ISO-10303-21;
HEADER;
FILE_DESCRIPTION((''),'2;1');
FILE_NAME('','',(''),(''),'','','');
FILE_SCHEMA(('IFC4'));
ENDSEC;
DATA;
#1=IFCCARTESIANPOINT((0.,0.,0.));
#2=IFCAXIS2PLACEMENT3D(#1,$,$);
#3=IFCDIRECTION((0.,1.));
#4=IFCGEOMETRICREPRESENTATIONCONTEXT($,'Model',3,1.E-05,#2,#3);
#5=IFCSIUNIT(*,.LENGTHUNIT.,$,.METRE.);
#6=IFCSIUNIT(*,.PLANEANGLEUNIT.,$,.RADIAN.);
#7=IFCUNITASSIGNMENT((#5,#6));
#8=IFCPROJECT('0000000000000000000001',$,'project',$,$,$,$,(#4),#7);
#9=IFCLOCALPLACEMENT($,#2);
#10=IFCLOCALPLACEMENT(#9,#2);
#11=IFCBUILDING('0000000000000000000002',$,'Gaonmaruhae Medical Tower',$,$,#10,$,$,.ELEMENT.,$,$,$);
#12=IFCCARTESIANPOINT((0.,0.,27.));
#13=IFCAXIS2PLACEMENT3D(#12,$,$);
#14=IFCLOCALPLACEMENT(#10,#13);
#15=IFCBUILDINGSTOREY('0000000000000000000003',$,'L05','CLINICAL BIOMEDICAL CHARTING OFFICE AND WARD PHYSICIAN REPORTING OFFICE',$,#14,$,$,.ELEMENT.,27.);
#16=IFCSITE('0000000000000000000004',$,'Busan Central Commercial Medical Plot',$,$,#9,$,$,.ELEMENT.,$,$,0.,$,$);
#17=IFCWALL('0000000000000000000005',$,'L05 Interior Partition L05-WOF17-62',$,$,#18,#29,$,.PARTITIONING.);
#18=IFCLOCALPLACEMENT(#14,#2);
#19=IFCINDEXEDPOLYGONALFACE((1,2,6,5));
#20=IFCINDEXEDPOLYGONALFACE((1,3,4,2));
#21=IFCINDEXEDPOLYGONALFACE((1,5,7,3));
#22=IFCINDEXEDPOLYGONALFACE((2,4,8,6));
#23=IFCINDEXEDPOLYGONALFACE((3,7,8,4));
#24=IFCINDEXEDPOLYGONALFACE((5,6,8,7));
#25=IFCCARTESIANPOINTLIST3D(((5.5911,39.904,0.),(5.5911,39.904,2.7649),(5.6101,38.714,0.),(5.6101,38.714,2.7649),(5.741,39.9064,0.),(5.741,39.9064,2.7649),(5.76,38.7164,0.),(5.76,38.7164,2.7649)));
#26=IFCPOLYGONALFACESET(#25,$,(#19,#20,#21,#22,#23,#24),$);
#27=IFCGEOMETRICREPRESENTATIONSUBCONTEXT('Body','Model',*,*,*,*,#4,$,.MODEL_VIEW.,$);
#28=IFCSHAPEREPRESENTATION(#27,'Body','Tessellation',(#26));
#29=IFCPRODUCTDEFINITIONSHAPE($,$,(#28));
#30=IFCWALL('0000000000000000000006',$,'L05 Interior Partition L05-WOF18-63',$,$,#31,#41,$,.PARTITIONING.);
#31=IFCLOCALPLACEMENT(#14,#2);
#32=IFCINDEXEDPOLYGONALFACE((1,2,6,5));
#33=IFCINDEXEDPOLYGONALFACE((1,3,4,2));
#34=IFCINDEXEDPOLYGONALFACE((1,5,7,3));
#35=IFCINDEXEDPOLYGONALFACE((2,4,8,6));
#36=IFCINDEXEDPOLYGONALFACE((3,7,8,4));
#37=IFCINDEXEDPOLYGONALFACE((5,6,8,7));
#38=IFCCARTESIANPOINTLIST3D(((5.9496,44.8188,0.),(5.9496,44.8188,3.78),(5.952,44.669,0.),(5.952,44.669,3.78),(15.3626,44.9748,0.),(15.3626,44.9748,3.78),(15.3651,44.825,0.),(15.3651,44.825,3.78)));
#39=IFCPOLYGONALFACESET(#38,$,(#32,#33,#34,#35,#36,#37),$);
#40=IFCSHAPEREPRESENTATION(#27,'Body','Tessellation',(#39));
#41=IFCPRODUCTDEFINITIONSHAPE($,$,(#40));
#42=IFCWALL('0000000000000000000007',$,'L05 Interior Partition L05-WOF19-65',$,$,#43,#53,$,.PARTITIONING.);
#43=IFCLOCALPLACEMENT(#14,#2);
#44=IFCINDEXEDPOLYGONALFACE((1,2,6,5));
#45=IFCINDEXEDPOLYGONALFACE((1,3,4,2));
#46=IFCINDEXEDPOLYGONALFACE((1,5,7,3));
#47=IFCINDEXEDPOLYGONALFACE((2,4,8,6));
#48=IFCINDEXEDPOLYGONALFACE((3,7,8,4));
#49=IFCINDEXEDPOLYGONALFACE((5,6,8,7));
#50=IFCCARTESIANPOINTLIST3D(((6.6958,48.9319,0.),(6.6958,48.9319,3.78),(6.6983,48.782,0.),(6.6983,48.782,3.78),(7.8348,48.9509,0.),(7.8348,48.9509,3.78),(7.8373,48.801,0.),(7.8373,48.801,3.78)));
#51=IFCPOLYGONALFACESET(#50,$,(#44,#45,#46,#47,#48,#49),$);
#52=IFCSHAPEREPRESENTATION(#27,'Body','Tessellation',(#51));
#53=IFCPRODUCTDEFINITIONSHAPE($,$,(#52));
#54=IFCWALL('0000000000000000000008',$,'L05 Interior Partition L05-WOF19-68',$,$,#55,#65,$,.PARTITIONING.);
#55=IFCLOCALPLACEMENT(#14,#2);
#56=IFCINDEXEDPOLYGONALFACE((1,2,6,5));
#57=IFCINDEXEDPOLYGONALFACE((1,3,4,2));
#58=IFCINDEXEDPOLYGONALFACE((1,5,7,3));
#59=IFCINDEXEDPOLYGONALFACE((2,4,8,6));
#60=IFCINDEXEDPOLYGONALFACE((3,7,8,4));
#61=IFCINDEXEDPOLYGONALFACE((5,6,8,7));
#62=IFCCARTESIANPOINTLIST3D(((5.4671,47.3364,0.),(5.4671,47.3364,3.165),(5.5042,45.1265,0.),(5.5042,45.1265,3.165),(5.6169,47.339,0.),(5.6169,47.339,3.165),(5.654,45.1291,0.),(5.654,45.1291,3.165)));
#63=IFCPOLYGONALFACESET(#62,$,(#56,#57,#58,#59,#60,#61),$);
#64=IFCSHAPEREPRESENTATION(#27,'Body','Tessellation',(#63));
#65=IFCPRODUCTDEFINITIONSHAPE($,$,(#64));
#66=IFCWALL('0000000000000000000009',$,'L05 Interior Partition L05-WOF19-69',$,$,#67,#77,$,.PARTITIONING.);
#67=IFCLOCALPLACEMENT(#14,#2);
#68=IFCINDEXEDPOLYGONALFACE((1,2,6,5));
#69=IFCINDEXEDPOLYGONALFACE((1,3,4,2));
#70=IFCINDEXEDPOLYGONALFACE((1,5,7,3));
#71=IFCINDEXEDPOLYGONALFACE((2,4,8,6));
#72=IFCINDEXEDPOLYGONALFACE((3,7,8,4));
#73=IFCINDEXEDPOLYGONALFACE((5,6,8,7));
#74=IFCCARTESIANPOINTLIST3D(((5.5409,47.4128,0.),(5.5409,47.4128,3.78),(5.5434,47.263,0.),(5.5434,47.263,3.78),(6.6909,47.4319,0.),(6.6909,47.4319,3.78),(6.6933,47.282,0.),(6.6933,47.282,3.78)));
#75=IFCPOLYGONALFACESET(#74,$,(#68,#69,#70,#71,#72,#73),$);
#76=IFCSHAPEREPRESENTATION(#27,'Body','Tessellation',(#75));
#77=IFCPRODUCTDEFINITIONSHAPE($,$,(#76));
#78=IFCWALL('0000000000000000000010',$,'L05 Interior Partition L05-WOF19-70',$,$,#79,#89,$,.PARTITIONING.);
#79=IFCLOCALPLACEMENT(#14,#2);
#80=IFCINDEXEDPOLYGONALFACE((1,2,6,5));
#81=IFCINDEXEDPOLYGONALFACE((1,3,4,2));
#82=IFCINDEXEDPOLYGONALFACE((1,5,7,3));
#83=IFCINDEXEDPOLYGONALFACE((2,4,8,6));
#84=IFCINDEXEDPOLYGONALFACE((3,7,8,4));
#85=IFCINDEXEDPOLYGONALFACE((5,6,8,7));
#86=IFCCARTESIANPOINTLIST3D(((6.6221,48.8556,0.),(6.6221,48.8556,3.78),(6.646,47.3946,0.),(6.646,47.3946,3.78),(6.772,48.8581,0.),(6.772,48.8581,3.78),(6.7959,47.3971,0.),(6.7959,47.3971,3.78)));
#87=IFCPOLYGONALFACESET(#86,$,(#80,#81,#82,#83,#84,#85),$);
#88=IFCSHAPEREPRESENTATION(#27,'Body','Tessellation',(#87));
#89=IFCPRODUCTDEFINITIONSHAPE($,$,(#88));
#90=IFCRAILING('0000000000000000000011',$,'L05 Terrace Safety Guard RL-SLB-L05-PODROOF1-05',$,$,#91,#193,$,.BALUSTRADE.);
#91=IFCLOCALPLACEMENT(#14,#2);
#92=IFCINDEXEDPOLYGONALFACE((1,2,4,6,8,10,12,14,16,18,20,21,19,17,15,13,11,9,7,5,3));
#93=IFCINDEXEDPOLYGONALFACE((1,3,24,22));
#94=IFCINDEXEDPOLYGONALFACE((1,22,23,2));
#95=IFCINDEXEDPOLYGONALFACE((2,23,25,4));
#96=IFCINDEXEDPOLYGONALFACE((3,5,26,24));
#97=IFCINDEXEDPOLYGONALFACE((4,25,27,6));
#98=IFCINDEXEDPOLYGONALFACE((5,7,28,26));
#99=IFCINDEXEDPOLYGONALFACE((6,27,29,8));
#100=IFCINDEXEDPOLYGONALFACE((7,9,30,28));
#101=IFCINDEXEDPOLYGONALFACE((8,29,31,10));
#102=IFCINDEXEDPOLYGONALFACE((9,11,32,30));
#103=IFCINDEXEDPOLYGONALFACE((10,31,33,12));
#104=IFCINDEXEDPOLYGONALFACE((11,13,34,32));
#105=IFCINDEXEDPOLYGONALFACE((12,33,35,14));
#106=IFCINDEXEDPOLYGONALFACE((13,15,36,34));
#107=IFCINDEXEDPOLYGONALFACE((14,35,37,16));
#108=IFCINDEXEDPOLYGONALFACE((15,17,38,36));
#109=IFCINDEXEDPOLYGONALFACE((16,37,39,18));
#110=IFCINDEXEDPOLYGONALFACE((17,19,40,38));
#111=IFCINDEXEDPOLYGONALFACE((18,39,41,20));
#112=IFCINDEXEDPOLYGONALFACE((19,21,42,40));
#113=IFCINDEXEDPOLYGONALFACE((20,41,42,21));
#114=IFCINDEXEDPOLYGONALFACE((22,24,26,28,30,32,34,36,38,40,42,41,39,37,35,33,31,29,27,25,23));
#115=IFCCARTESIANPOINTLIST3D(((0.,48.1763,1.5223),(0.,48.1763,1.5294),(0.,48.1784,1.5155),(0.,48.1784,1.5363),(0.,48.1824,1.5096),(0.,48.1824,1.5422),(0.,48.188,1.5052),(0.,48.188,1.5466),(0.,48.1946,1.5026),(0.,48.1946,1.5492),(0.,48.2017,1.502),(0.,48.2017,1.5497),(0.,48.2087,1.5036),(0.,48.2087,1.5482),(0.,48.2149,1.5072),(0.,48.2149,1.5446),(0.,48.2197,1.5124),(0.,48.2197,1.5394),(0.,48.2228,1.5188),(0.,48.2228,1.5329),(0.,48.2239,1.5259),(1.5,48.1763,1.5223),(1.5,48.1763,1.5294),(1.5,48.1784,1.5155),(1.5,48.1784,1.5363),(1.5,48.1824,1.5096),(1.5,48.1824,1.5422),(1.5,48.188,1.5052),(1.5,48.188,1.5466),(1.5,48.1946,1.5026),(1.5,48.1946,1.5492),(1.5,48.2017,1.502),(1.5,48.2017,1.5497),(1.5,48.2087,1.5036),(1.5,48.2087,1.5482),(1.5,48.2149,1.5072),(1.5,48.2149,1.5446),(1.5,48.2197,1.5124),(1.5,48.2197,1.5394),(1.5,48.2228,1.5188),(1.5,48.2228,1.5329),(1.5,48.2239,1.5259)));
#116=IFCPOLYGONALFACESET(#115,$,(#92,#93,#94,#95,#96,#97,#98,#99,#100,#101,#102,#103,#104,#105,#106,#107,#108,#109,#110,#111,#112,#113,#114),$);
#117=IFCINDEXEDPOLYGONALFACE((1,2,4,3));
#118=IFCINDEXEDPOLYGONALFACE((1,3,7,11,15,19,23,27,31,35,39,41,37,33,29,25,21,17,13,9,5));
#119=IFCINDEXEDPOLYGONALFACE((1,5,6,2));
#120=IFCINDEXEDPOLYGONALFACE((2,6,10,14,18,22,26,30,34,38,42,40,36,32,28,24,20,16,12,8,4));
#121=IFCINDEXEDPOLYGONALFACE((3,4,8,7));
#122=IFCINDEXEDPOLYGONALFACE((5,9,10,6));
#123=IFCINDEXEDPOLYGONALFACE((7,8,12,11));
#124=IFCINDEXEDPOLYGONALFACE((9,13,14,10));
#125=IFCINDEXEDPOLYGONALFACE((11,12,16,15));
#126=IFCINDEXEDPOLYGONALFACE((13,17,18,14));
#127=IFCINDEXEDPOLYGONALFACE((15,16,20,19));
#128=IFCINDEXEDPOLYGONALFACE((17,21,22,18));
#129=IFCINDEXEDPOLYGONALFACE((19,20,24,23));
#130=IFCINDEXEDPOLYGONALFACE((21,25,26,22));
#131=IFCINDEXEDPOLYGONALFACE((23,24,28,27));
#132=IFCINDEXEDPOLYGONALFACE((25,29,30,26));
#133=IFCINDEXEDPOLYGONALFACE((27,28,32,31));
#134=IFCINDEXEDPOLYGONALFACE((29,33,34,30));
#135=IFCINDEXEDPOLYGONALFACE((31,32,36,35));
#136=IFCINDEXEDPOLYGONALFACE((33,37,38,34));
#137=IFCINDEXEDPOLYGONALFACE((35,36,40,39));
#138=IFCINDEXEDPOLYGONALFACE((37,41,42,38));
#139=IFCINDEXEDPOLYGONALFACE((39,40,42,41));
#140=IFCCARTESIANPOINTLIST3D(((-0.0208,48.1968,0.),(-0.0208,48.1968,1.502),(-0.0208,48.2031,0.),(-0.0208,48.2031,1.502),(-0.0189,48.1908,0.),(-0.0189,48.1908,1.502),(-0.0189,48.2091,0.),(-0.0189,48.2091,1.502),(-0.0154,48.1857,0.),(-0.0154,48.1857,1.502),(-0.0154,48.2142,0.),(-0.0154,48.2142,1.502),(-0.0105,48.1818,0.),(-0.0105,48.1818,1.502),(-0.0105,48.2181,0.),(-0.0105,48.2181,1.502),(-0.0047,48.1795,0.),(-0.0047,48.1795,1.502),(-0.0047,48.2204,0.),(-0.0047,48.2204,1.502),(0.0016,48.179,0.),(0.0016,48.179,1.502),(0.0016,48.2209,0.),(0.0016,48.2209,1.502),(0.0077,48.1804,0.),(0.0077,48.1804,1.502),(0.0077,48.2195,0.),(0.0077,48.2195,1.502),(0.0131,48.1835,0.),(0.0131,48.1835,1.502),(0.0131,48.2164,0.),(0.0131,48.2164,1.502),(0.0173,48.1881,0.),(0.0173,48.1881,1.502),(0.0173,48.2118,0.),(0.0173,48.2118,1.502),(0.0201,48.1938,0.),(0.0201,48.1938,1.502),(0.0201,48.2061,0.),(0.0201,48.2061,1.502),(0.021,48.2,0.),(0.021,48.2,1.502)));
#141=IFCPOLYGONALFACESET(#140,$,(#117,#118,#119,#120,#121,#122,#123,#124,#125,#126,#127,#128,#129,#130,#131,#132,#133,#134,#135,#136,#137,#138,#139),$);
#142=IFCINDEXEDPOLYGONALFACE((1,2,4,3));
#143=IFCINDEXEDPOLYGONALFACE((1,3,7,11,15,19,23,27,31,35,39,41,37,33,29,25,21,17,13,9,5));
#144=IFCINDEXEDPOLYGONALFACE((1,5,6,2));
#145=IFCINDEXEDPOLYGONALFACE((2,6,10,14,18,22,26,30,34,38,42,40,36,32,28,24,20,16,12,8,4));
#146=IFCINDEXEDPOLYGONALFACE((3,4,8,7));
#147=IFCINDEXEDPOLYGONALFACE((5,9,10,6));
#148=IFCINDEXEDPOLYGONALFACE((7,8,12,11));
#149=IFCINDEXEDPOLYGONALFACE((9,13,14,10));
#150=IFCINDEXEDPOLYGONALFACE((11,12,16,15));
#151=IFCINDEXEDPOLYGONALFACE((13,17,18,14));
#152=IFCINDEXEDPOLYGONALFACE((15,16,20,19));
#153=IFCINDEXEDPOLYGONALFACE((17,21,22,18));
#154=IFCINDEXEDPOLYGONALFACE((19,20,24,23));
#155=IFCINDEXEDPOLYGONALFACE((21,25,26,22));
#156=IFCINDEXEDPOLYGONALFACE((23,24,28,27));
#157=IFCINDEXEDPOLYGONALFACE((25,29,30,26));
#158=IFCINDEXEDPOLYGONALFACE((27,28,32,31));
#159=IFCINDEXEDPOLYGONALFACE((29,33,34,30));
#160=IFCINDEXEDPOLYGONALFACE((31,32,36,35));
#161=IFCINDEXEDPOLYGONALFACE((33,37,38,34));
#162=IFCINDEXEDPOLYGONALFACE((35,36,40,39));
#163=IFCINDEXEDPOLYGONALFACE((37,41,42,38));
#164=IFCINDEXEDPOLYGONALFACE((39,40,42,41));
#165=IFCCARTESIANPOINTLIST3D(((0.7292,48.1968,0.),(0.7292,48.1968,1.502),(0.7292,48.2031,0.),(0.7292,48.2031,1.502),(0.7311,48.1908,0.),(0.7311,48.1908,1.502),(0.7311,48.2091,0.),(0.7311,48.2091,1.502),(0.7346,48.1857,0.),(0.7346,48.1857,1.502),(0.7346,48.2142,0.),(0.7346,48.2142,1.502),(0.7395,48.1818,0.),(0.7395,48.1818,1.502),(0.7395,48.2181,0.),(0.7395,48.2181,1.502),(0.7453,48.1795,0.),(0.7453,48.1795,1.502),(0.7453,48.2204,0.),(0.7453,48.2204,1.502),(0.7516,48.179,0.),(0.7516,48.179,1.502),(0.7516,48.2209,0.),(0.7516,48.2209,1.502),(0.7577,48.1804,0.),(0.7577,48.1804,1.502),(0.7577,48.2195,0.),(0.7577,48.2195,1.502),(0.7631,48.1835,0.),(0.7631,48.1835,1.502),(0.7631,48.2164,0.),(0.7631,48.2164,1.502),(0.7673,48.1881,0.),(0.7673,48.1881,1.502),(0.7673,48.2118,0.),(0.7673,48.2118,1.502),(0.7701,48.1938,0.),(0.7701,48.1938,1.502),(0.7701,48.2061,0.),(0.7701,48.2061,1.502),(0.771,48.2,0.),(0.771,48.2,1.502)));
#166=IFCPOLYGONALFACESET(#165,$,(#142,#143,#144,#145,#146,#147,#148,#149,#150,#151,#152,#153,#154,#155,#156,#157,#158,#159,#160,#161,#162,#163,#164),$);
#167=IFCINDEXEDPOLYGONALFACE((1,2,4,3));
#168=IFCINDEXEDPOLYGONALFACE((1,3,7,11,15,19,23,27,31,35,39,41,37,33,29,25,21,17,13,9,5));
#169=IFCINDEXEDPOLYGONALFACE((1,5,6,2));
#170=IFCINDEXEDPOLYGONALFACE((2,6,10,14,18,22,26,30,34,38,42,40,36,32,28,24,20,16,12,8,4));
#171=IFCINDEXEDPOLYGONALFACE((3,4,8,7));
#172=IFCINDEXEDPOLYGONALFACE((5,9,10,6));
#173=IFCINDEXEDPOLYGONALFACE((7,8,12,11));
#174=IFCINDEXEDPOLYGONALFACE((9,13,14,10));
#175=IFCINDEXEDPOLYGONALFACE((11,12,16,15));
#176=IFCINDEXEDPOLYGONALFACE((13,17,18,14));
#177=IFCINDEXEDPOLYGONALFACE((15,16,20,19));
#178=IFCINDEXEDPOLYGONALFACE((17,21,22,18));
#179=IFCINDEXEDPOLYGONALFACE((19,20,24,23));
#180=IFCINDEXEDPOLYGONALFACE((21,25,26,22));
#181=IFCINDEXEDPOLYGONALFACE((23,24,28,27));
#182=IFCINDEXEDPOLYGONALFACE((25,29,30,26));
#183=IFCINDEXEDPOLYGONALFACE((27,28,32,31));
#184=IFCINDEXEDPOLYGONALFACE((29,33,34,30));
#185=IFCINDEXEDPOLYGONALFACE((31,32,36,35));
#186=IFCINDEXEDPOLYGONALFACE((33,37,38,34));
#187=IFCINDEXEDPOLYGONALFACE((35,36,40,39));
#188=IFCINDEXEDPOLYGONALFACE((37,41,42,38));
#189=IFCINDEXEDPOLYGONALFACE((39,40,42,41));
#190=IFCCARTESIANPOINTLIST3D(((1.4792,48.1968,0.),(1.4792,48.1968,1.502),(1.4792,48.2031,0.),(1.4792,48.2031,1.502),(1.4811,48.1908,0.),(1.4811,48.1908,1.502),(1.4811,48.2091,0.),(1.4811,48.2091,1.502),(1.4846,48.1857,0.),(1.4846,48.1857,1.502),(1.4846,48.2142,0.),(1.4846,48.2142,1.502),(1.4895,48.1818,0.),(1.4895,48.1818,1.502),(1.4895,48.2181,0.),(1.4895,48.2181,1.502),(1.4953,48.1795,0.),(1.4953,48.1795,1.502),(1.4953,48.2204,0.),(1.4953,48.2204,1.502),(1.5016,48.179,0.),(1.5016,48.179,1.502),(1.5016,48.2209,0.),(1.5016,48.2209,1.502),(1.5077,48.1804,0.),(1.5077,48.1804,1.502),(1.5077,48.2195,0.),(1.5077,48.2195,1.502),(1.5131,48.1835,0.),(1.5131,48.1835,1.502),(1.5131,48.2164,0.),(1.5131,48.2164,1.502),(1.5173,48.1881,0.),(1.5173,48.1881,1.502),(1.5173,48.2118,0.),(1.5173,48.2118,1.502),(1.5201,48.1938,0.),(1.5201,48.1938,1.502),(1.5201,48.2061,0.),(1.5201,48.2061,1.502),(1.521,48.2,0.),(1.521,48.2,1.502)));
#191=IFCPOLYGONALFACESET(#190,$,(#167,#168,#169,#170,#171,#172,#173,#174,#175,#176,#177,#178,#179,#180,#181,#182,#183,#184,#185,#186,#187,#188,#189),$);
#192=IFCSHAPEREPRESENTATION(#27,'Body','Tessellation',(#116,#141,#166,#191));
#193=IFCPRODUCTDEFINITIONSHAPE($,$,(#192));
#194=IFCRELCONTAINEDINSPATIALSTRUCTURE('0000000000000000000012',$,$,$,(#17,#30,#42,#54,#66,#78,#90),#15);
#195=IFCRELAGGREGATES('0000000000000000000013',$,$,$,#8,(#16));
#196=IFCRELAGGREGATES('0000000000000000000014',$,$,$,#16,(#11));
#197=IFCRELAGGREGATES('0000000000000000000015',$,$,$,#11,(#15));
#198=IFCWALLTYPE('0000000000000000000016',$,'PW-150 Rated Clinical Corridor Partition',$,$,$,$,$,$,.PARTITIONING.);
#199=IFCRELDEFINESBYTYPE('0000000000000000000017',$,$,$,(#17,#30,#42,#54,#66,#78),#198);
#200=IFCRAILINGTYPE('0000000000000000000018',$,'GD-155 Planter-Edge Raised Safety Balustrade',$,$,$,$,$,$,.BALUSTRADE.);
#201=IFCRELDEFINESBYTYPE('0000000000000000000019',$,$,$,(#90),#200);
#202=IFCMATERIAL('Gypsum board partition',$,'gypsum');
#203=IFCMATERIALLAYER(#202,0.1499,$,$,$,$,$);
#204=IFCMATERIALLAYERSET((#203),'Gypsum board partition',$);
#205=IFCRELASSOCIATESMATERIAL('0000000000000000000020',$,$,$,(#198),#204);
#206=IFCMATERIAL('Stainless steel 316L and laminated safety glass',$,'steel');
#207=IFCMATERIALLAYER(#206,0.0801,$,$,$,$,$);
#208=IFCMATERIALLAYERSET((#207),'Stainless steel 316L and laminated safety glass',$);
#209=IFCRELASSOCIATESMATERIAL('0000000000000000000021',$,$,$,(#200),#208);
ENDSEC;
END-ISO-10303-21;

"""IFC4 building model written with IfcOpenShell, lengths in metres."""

from ifc_helpers import new_model, si_unit, direction, frame, frame_2d, origin, origin_2d, place, context, subcontext, project, spatial, rectangle, circle, extrude, material, layer, layer_set, type_object, element, save


model = new_model("IFC4")

# Units and contexts
model_context = context("Model", 3, precision=1e-05, world=origin(), true_north=direction((0.0, 1.0)))
body_context = subcontext(model_context, "Body", "Model", "MODEL_VIEW")
ifc_project = project(units=[si_unit("LENGTHUNIT", "METRE"), si_unit("PLANEANGLEUNIT", "RADIAN")], contexts=[model_context])

# Site, building, storey
site_placement = place(None, origin())
site = spatial("IfcSite", under=ifc_project, at=site_placement, Name="Busan Central Commercial Medical Plot", CompositionType="ELEMENT", RefElevation=0.0)
building_placement = place(site_placement, origin())
building = spatial("IfcBuilding", under=site, at=building_placement, Name="Gaonmaruhae Medical Tower", CompositionType="ELEMENT")
storey_placement = place(building_placement, frame((0.0, 0.0, 27.0)))
storey = spatial("IfcBuildingStorey", under=building, at=storey_placement, Name="L05", Description="CLINICAL BIOMEDICAL CHARTING OFFICE AND WARD PHYSICIAN REPORTING OFFICE", CompositionType="ELEMENT", Elevation=27.0)

# Walls
ifc_material_1 = material(Name="Gypsum board partition", Category="gypsum")
ifc_layer_1 = layer(ifc_material_1, 0.1499)
ifc_layer_set_1 = layer_set([ifc_layer_1], Name="Gypsum board partition")
wall_type_1 = type_object("IfcWallType", Name="PW-150 Rated Clinical Corridor Partition", PredefinedType="PARTITIONING", material=ifc_layer_set_1)
wall_1_placement = place(storey_placement, frame((5.6851, 38.7151, 0.0), z_axis=(0.0, 0.0, 1.0), x_axis=(-0.016001, 0.999872, 0.0)))
element("IfcWall", 1, at=wall_1_placement, inside=storey, type_object=wall_type_1, Name="L05 Interior Partition L05-WOF17-62", PredefinedType="PARTITIONING", context=body_context, shape_type="SweptSolid", body=[
    extrude(rectangle(XDim=1.1902, YDim=0.1499, at=frame_2d((0.5952, 0.0))), origin(), (0.0, 0.0, 1.0), 2.7649),
])
wall_2_placement = place(storey_placement, frame((5.9509, 44.7439, 0.0), z_axis=(0.0, 0.0, 1.0), x_axis=(0.999863, 0.016571, 0.0)))
element("IfcWall", 2, at=wall_2_placement, inside=storey, type_object=wall_type_1, Name="L05 Interior Partition L05-WOF18-63", PredefinedType="PARTITIONING", context=body_context, shape_type="SweptSolid", body=[
    extrude(rectangle(XDim=9.4143, YDim=0.1499, at=frame_2d((4.707, 0.0))), origin(), (0.0, 0.0, 1.0), 3.78),
])
wall_3_placement = place(storey_placement, frame((6.697, 48.8569, 0.0), z_axis=(0.0, 0.0, 1.0), x_axis=(0.99986, 0.016718, 0.0)))
element("IfcWall", 3, at=wall_3_placement, inside=storey, type_object=wall_type_1, Name="L05 Interior Partition L05-WOF19-65", PredefinedType="PARTITIONING", context=body_context, shape_type="SweptSolid", body=[
    extrude(rectangle(XDim=1.1392, YDim=0.1499, at=frame_2d((0.5696, 0.0))), origin(), (0.0, 0.0, 1.0), 3.78),
])
wall_4_placement = place(storey_placement, frame((5.5791, 45.1279, 0.0), z_axis=(0.0, 0.0, 1.0), x_axis=(-0.01679, 0.999859, 0.0)))
element("IfcWall", 4, at=wall_4_placement, inside=storey, type_object=wall_type_1, Name="L05 Interior Partition L05-WOF19-68", PredefinedType="PARTITIONING", context=body_context, shape_type="SweptSolid", body=[
    extrude(rectangle(XDim=2.2102, YDim=0.1499, at=frame_2d((1.105, 0.0))), origin(), (0.0, 0.0, 1.0), 3.165),
])
wall_5_placement = place(storey_placement, frame((5.542, 47.3379, 0.0), z_axis=(0.0, 0.0, 1.0), x_axis=(0.999863, 0.016558, 0.0)))
element("IfcWall", 5, at=wall_5_placement, inside=storey, type_object=wall_type_1, Name="L05 Interior Partition L05-WOF19-69", PredefinedType="PARTITIONING", context=body_context, shape_type="SweptSolid", body=[
    extrude(rectangle(XDim=1.1501, YDim=0.1499, at=frame_2d((0.5752, 0.0))), origin(), (0.0, 0.0, 1.0), 3.78),
])
wall_6_placement = place(storey_placement, frame((6.7209, 47.396, 0.0), z_axis=(0.0, 0.0, 1.0), x_axis=(-0.016375, 0.999866, 0.0)))
element("IfcWall", 6, at=wall_6_placement, inside=storey, type_object=wall_type_1, Name="L05 Interior Partition L05-WOF19-70", PredefinedType="PARTITIONING", context=body_context, shape_type="SweptSolid", body=[
    extrude(rectangle(XDim=1.4612, YDim=0.1499, at=frame_2d((0.7305, 0.0))), origin(), (0.0, 0.0, 1.0), 3.78),
])

# Railing
ifc_material_2 = material(Name="Stainless steel 316L and laminated safety glass", Category="steel")
ifc_layer_2 = layer(ifc_material_2, 0.0801)
ifc_layer_set_2 = layer_set([ifc_layer_2], Name="Stainless steel 316L and laminated safety glass")
railing_type = type_object("IfcRailingType", Name="GD-155 Planter-Edge Raised Safety Balustrade", PredefinedType="BALUSTRADE", material=ifc_layer_set_2)
railing_1_placement = place(storey_placement, frame((0.0, 48.2, 0.0)))
element("IfcRailing", 7, at=railing_1_placement, inside=storey, type_object=railing_type, Name="L05 Terrace Safety Guard RL-SLB-L05-PODROOF1-05", PredefinedType="BALUSTRADE", context=body_context, shape_type="SweptSolid", body=[
    extrude(circle(Radius=0.0239, at=origin_2d()), frame((0.0, 0.0, 1.5259), z_axis=(1.0, 0.0, 0.0), x_axis=(0.0, 1.0, 0.0)), (0.0, 0.0, 1.0), 1.5),
    extrude(circle(Radius=0.021, at=origin_2d()), origin(), (0.0, 0.0, 1.0), 1.502),
    extrude(circle(Radius=0.021, at=origin_2d()), frame((0.75, 0.0, 0.0)), (0.0, 0.0, 1.0), 1.502),
    extrude(circle(Radius=0.021, at=origin_2d()), frame((1.5, 0.0, 0.0)), (0.0, 0.0, 1.0), 1.502),
])

save(model, "model.ifc")
